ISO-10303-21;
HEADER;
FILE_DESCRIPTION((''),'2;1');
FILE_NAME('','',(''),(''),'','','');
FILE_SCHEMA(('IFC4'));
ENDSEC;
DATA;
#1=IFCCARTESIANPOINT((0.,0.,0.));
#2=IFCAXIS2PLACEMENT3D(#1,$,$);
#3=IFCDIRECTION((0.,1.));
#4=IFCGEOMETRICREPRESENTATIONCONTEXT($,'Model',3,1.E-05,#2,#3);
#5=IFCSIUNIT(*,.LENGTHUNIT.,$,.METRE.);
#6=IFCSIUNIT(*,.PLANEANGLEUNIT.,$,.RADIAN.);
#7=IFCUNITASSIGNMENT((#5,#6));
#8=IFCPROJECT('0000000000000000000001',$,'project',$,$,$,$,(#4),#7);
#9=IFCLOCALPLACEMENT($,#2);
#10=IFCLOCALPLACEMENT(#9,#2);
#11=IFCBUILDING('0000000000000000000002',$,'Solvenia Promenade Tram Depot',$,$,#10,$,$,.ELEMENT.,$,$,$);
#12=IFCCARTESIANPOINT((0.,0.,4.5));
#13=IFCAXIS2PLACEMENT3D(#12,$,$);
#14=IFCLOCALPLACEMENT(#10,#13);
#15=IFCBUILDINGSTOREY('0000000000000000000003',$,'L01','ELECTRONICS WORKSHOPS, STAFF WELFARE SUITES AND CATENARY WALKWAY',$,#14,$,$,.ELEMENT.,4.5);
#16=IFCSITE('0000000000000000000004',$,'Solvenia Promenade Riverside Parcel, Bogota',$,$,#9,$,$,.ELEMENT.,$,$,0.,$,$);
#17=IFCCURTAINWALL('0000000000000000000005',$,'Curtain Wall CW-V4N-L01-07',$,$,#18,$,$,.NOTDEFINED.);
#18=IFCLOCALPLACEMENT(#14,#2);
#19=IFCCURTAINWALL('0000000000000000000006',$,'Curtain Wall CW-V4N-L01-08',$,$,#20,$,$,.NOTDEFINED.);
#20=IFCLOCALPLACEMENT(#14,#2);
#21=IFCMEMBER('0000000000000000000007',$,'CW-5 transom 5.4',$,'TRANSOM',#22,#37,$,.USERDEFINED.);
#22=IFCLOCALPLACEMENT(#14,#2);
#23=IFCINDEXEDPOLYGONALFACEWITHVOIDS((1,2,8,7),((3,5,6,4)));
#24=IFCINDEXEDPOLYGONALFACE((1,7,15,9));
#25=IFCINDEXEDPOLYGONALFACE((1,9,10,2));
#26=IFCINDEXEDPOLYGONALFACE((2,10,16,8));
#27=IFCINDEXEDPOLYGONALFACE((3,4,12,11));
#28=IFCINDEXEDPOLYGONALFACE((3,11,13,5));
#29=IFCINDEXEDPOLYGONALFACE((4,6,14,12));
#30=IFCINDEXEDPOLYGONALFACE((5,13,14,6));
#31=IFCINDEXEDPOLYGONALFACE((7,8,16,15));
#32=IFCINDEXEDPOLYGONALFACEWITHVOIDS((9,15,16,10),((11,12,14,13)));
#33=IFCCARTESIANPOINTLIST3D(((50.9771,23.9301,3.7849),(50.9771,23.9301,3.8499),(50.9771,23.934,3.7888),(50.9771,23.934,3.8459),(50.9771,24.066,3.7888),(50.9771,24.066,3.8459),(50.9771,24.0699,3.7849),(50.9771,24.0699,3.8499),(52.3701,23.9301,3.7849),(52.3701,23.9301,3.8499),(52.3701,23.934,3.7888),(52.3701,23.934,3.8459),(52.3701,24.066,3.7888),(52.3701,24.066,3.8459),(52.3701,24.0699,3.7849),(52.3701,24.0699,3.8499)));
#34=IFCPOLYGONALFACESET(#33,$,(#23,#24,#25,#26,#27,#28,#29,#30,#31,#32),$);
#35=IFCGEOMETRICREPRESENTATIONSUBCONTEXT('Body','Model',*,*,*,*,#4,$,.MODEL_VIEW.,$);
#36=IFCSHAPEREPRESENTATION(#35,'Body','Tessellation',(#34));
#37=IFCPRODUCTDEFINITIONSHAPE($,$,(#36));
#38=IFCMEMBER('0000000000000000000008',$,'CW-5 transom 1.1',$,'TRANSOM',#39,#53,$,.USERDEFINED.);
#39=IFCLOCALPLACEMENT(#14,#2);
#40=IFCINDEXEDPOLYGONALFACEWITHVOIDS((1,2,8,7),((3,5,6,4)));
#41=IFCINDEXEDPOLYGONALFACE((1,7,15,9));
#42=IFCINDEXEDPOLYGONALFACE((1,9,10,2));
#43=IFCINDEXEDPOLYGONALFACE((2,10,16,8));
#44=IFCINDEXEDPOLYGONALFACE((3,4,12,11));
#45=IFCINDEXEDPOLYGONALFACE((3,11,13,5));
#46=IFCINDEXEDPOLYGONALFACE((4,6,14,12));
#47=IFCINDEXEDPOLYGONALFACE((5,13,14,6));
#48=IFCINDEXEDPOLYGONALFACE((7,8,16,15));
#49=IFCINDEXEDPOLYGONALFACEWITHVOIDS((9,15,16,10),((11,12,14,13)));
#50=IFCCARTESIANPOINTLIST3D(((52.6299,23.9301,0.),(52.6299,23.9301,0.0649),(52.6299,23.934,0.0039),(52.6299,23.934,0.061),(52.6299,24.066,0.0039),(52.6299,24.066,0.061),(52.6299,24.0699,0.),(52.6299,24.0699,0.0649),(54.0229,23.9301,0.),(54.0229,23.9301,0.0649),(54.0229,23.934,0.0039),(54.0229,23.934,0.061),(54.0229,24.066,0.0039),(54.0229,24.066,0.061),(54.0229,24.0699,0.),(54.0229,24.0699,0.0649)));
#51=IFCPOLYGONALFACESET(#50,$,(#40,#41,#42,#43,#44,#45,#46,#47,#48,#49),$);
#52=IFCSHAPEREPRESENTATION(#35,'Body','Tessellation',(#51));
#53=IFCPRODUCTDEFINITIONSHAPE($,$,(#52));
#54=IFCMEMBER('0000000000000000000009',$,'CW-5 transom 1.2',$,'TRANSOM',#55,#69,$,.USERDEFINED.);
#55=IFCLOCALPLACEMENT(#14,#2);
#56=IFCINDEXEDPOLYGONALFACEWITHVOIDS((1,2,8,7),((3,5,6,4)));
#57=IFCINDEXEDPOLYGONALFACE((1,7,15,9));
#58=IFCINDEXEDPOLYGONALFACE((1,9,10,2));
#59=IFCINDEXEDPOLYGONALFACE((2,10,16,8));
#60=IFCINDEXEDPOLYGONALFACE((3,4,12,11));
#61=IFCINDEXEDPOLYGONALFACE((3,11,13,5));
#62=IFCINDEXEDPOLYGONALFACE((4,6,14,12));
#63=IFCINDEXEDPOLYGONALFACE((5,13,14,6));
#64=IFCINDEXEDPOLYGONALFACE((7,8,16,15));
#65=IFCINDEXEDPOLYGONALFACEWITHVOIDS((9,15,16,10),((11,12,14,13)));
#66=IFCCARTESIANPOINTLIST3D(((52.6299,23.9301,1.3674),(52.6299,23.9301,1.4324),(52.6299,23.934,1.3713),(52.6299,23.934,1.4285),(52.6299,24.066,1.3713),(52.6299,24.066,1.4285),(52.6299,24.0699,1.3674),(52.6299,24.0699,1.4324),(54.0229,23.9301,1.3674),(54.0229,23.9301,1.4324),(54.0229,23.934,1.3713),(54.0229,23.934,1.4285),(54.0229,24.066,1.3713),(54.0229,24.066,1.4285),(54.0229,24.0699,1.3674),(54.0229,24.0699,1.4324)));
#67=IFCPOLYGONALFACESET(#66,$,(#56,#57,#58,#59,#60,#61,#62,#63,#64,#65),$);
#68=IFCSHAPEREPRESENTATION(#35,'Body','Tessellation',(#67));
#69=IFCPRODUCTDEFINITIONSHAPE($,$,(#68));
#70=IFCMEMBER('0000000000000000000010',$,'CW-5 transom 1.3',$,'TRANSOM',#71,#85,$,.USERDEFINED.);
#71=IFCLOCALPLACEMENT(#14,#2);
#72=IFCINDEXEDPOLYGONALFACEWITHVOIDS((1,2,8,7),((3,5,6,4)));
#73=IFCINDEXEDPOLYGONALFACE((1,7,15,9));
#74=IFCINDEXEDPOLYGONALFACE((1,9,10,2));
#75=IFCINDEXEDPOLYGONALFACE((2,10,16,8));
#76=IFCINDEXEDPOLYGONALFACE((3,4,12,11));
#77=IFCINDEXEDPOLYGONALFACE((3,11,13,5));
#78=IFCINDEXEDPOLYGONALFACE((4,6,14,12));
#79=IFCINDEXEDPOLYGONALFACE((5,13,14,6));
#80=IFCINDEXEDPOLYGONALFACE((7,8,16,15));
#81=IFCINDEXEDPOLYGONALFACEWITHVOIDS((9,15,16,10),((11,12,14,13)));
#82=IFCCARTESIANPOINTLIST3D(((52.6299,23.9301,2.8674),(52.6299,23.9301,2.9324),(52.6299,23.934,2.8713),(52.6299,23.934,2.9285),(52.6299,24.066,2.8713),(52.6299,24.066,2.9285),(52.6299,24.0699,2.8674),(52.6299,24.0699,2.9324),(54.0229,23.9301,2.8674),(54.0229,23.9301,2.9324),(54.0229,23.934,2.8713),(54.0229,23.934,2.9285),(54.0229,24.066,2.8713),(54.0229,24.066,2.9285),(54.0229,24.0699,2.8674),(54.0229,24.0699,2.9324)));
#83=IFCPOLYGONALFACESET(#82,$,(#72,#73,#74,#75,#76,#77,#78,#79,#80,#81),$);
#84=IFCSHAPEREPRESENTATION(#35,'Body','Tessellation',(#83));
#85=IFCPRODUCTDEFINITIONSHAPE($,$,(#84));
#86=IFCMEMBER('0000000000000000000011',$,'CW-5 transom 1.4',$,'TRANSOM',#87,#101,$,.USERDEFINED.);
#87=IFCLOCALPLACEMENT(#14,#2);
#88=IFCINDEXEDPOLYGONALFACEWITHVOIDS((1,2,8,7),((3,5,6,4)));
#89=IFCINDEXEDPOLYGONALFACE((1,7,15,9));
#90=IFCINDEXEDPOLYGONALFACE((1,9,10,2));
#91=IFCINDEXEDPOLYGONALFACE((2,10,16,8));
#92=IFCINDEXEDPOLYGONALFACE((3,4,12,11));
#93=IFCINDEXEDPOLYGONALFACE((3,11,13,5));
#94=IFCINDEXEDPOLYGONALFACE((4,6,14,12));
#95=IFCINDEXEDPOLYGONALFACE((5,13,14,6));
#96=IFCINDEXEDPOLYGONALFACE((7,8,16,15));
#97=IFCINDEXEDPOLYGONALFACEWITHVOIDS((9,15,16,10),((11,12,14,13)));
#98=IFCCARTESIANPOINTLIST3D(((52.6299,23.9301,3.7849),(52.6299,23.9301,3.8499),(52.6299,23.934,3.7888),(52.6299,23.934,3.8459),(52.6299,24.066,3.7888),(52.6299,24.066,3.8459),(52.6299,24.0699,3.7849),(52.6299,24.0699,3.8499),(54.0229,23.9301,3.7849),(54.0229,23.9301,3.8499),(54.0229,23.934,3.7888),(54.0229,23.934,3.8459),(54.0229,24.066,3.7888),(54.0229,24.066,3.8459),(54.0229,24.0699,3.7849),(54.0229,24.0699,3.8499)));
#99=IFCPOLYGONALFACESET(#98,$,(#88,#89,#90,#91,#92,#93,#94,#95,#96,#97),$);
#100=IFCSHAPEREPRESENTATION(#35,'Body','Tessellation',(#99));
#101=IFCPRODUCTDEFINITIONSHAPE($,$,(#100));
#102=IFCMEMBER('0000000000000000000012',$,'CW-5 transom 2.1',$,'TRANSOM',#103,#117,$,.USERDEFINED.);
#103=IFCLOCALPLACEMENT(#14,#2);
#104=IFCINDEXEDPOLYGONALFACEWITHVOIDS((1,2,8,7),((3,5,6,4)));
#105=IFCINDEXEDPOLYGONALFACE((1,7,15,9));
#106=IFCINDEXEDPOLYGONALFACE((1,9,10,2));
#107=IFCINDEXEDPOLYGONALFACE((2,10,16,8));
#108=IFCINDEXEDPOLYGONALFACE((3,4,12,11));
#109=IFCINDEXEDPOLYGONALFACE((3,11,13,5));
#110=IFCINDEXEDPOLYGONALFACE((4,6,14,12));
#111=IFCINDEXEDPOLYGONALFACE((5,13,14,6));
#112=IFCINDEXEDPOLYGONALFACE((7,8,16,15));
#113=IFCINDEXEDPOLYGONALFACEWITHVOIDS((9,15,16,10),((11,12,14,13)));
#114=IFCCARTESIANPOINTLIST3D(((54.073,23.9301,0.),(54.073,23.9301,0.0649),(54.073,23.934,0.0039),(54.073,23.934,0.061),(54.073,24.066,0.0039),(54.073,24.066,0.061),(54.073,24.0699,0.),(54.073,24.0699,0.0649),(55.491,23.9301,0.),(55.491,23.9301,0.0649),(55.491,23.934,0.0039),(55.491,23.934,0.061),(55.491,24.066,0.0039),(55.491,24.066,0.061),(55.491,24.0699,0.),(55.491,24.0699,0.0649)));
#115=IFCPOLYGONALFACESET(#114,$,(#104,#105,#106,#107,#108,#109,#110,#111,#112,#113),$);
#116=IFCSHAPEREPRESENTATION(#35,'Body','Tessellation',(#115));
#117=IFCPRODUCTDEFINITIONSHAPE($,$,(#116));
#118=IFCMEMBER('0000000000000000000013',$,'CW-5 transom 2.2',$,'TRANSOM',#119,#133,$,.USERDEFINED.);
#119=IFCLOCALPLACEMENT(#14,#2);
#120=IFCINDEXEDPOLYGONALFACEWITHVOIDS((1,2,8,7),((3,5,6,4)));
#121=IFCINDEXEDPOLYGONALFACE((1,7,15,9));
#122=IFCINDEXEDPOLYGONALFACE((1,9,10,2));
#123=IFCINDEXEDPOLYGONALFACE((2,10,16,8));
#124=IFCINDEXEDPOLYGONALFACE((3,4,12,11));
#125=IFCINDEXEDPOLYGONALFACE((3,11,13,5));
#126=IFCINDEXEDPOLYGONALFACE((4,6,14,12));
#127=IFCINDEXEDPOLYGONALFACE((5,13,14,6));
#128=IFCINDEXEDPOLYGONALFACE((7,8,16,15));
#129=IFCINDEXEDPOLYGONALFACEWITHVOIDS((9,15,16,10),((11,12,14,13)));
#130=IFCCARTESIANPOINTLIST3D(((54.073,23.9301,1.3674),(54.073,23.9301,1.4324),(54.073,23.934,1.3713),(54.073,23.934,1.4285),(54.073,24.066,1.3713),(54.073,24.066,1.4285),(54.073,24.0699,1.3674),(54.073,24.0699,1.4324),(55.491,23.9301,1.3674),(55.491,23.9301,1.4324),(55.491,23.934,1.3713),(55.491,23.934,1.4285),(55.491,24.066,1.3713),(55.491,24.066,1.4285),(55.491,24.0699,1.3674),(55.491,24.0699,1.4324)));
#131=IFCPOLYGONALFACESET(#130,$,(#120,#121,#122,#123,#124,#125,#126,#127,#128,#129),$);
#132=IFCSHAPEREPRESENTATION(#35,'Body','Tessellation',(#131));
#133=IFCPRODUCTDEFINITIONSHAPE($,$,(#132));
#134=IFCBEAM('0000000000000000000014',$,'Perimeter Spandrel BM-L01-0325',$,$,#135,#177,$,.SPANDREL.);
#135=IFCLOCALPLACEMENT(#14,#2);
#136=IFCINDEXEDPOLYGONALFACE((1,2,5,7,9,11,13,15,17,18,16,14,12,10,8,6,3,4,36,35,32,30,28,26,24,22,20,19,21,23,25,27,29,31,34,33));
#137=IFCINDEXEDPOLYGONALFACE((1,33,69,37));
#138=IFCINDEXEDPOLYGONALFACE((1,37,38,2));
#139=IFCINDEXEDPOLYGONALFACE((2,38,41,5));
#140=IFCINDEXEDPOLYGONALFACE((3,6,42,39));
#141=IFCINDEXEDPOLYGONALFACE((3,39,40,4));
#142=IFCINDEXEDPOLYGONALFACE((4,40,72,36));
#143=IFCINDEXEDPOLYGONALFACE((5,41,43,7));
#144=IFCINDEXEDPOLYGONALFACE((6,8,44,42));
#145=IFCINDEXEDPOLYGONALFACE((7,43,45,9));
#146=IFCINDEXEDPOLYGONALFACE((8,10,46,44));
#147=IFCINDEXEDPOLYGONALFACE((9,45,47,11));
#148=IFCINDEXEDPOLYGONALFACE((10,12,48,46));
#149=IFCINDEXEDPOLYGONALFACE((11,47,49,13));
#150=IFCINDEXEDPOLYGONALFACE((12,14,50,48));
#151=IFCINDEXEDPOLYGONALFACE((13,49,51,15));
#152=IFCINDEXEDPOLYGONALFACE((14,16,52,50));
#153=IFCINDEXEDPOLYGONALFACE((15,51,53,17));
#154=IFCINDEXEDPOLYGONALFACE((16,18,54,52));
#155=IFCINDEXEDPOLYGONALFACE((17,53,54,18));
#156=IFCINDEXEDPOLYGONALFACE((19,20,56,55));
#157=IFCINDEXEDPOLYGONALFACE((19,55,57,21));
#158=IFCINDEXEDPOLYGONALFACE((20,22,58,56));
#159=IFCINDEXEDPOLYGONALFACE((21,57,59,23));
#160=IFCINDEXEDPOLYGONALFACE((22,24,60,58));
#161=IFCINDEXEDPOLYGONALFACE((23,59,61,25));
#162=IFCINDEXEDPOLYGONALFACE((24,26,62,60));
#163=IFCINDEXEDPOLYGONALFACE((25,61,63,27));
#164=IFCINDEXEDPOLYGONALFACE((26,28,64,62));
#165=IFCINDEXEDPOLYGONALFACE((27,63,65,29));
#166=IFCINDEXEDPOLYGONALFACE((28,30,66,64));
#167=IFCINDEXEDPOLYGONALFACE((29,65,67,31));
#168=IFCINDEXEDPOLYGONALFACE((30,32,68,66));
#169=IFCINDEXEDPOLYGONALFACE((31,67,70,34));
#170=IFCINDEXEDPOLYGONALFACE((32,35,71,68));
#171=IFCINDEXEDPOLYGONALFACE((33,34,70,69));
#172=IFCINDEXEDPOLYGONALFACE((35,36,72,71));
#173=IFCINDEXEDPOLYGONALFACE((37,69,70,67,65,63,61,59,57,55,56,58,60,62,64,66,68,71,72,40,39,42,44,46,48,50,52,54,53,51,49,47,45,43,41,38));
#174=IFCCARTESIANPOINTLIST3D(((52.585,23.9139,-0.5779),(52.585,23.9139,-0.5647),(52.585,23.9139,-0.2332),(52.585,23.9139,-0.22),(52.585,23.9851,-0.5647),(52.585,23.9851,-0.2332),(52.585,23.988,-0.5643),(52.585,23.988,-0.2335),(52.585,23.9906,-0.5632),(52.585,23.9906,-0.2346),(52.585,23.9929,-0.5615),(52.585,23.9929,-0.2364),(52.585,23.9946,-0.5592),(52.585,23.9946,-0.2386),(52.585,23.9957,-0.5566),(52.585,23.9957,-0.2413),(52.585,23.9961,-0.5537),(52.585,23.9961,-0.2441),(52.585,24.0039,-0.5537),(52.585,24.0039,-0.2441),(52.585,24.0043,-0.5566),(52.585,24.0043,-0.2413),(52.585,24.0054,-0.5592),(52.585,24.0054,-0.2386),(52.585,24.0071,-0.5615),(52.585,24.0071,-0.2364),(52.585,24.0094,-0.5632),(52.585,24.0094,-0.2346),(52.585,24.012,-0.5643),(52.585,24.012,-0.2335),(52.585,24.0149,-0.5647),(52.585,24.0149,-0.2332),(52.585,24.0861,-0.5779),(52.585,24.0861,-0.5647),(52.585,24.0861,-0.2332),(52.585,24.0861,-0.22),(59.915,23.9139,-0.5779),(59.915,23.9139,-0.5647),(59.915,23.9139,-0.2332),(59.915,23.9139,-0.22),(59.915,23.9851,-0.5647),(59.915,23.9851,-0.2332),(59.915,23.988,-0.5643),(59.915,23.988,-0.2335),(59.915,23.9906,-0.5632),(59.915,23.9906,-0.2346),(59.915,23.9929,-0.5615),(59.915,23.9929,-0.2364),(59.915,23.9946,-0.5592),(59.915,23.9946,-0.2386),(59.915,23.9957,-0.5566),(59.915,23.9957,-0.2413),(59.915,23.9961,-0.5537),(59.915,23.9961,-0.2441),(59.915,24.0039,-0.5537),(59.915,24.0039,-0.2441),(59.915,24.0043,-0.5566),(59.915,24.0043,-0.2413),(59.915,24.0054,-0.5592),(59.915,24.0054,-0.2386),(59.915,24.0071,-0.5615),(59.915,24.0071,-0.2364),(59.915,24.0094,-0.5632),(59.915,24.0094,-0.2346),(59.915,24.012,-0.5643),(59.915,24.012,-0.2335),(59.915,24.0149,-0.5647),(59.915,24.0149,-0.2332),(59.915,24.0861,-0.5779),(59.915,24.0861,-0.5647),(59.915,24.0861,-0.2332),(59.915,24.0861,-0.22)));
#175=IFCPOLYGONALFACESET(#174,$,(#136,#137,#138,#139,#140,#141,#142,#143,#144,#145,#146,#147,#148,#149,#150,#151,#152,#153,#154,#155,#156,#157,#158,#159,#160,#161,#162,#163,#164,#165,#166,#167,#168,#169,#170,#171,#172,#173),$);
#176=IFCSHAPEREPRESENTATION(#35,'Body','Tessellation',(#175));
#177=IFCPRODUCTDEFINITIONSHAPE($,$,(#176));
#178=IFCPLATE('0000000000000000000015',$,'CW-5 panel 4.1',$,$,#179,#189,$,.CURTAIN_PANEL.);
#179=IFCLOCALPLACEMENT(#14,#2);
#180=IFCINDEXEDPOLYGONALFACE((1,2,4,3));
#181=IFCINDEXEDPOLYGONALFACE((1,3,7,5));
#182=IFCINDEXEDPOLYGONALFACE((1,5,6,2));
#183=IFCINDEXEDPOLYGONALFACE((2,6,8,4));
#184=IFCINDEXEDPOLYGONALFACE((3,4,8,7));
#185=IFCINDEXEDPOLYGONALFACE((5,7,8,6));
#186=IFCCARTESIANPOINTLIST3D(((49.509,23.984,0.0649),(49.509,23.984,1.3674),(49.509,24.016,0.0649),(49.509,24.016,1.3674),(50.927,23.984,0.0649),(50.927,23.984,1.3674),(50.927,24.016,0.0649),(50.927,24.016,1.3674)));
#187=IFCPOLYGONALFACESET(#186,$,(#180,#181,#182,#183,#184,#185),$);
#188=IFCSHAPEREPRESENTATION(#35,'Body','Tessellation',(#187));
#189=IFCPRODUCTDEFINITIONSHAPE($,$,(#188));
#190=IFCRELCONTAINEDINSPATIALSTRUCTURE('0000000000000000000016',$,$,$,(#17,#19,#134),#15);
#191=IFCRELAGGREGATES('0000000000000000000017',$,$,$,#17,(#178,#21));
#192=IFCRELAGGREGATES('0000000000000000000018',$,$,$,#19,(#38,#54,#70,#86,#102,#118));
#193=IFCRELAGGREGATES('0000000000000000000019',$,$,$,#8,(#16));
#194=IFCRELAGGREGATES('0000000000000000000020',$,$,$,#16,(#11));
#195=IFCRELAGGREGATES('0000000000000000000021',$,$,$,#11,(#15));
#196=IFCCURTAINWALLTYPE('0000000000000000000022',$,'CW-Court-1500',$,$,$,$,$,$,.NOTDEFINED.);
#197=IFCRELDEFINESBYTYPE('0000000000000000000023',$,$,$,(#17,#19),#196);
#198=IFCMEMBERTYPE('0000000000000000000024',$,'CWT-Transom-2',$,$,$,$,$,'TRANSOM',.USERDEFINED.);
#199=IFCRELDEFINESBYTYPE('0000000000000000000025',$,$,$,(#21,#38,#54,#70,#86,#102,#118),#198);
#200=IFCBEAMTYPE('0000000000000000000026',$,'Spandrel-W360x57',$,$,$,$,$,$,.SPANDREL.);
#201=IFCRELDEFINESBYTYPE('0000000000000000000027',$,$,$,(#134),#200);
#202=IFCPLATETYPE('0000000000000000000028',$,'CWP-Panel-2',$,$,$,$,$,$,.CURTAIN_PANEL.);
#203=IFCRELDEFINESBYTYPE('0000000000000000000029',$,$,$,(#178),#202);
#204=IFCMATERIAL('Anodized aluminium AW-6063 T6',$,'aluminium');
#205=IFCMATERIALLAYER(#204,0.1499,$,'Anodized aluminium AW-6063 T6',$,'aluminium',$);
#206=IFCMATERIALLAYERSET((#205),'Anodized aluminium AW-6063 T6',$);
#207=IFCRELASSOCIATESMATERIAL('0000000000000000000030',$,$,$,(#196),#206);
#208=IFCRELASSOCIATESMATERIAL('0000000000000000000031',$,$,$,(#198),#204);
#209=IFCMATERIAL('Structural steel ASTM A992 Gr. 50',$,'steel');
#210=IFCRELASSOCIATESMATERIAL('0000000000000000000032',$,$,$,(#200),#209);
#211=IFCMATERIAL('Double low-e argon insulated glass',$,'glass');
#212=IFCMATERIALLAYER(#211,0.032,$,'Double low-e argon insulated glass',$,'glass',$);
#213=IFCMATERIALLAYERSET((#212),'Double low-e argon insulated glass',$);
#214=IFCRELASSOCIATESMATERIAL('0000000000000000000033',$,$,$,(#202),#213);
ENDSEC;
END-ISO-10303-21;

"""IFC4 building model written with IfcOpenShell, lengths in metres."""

from ifc_helpers import new_model, si_unit, direction, frame, origin, origin_2d, place, context, subcontext, project, spatial, rectangle, hollow_rectangle, i_section, extrude, material, layer, layer_set, material_profile, profile_set, type_object, element, aggregate, save


model = new_model("IFC4")

# Units and contexts
model_context = context("Model", 3, precision=1e-05, world=origin(), true_north=direction((0.0, 1.0)))
body_context = subcontext(model_context, "Body", "Model", "MODEL_VIEW")
ifc_project = project(units=[si_unit("LENGTHUNIT", "METRE"), si_unit("PLANEANGLEUNIT", "RADIAN")], contexts=[model_context])

# Site, building, storey
site_placement = place(None, origin())
site = spatial("IfcSite", under=ifc_project, at=site_placement, Name="Solvenia Promenade Riverside Parcel, Bogota", CompositionType="ELEMENT", RefElevation=0.0)
building_placement = place(site_placement, origin())
building = spatial("IfcBuilding", under=site, at=building_placement, Name="Solvenia Promenade Tram Depot", CompositionType="ELEMENT")
storey_placement = place(building_placement, frame((0.0, 0.0, 4.5)))
storey = spatial("IfcBuildingStorey", under=building, at=storey_placement, Name="L01", Description="ELECTRONICS WORKSHOPS, STAFF WELFARE SUITES AND CATENARY WALKWAY", CompositionType="ELEMENT", Elevation=4.5)

# Shared definitions
ifc_material_1 = material(Name="Structural steel ASTM A992 Gr. 50", Category="steel")

# Curtain walls
ifc_material_2 = material(Name="Anodized aluminium AW-6063 T6", Category="aluminium")
ifc_layer_1 = layer(ifc_material_2, 0.1499, Name="Anodized aluminium AW-6063 T6", Category="aluminium")
ifc_layer_set_1 = layer_set([ifc_layer_1], Name="Anodized aluminium AW-6063 T6")
curtain_wall_type = type_object("IfcCurtainWallType", Name="CW-Court-1500", PredefinedType="NOTDEFINED", material=ifc_layer_set_1)
curtain_wall_1_placement = place(storey_placement, origin())
curtain_wall_1 = element("IfcCurtainWall", 1, at=curtain_wall_1_placement, inside=storey, type_object=curtain_wall_type, Name="Curtain Wall CW-V4N-L01-07", PredefinedType="NOTDEFINED")
curtain_wall_2_placement = place(storey_placement, origin())
curtain_wall_2 = element("IfcCurtainWall", 2, at=curtain_wall_2_placement, inside=storey, type_object=curtain_wall_type, Name="Curtain Wall CW-V4N-L01-08", PredefinedType="NOTDEFINED")

# Members
ifc_material_profile_1 = material_profile(ifc_material_2, hollow_rectangle(XDim=0.1399, YDim=0.0649, WallThickness=0.0039, at=origin_2d()), Name="ALU-T2", Category="aluminium")
ifc_profile_set_1 = profile_set([ifc_material_profile_1], Name="Anodized aluminium AW-6063 T6")
member_type_1 = type_object("IfcMemberType", Name="CWT-Transom-2", ElementType="TRANSOM", PredefinedType="USERDEFINED", material=ifc_profile_set_1)
member_1_placement = place(storey_placement, frame((50.9771, 24.0, 3.8174), z_axis=(1.0, 0.0, 0.0), x_axis=(0.0, 1.0, 0.0)))
member_1 = element("IfcMember", 3, at=member_1_placement, type_object=member_type_1, Name="CW-5 transom 5.4", ObjectType="TRANSOM", PredefinedType="USERDEFINED", context=body_context, shape_type="SweptSolid", body=[
    extrude(hollow_rectangle(XDim=0.1399, YDim=0.0649, WallThickness=0.0039, at=origin_2d()), origin(), (0.0, 0.0, 1.0), 1.3931),
])
member_2_placement = place(storey_placement, frame((52.6299, 24.0, 0.0325), z_axis=(1.0, 0.0, 0.0), x_axis=(0.0, 1.0, 0.0)))
member_2 = element("IfcMember", 4, at=member_2_placement, type_object=member_type_1, Name="CW-5 transom 1.1", ObjectType="TRANSOM", PredefinedType="USERDEFINED", context=body_context, shape_type="SweptSolid", body=[
    extrude(hollow_rectangle(XDim=0.1399, YDim=0.0649, WallThickness=0.0039, at=origin_2d()), origin(), (0.0, 0.0, 1.0), 1.3931),
])
member_3_placement = place(storey_placement, frame((52.6299, 24.0, 1.3999), z_axis=(1.0, 0.0, 0.0), x_axis=(0.0, 1.0, 0.0)))
member_3 = element("IfcMember", 5, at=member_3_placement, type_object=member_type_1, Name="CW-5 transom 1.2", ObjectType="TRANSOM", PredefinedType="USERDEFINED", context=body_context, shape_type="SweptSolid", body=[
    extrude(hollow_rectangle(XDim=0.1399, YDim=0.0649, WallThickness=0.0039, at=origin_2d()), origin(), (0.0, 0.0, 1.0), 1.3931),
])
member_4_placement = place(storey_placement, frame((52.6299, 24.0, 2.8999), z_axis=(1.0, 0.0, 0.0), x_axis=(0.0, 1.0, 0.0)))
member_4 = element("IfcMember", 6, at=member_4_placement, type_object=member_type_1, Name="CW-5 transom 1.3", ObjectType="TRANSOM", PredefinedType="USERDEFINED", context=body_context, shape_type="SweptSolid", body=[
    extrude(hollow_rectangle(XDim=0.1399, YDim=0.0649, WallThickness=0.0039, at=origin_2d()), origin(), (0.0, 0.0, 1.0), 1.3931),
])
member_5_placement = place(storey_placement, frame((52.6299, 24.0, 3.8174), z_axis=(1.0, 0.0, 0.0), x_axis=(0.0, 1.0, 0.0)))
member_5 = element("IfcMember", 7, at=member_5_placement, type_object=member_type_1, Name="CW-5 transom 1.4", ObjectType="TRANSOM", PredefinedType="USERDEFINED", context=body_context, shape_type="SweptSolid", body=[
    extrude(hollow_rectangle(XDim=0.1399, YDim=0.0649, WallThickness=0.0039, at=origin_2d()), origin(), (0.0, 0.0, 1.0), 1.3931),
])
member_6_placement = place(storey_placement, frame((54.073, 24.0, 0.0325), z_axis=(1.0, 0.0, 0.0), x_axis=(0.0, 1.0, 0.0)))
member_6 = element("IfcMember", 8, at=member_6_placement, type_object=member_type_1, Name="CW-5 transom 2.1", ObjectType="TRANSOM", PredefinedType="USERDEFINED", context=body_context, shape_type="SweptSolid", body=[
    extrude(hollow_rectangle(XDim=0.1399, YDim=0.0649, WallThickness=0.0039, at=origin_2d()), origin(), (0.0, 0.0, 1.0), 1.418),
])
member_7_placement = place(storey_placement, frame((54.073, 24.0, 1.3999), z_axis=(1.0, 0.0, 0.0), x_axis=(0.0, 1.0, 0.0)))
member_7 = element("IfcMember", 9, at=member_7_placement, type_object=member_type_1, Name="CW-5 transom 2.2", ObjectType="TRANSOM", PredefinedType="USERDEFINED", context=body_context, shape_type="SweptSolid", body=[
    extrude(hollow_rectangle(XDim=0.1399, YDim=0.0649, WallThickness=0.0039, at=origin_2d()), origin(), (0.0, 0.0, 1.0), 1.418),
])

# Beam
ifc_material_profile_2 = material_profile(ifc_material_1, i_section(OverallWidth=0.1721, OverallDepth=0.3579, WebThickness=0.0078, FlangeThickness=0.0132, FilletRadius=0.011, at=origin_2d()), Name="W360x57", Category="steel")
ifc_profile_set_2 = profile_set([ifc_material_profile_2], Name="Structural steel ASTM A992 Gr. 50")
beam_type = type_object("IfcBeamType", Name="Spandrel-W360x57", PredefinedType="SPANDREL", material=ifc_profile_set_2)
beam_placement = place(storey_placement, frame((52.585, 24.0, -0.3989), z_axis=(1.0, 0.0, 0.0), x_axis=(0.0, 1.0, 0.0)))
element("IfcBeam", 10, at=beam_placement, inside=storey, type_object=beam_type, Name="Perimeter Spandrel BM-L01-0325", PredefinedType="SPANDREL", context=body_context, shape_type="SweptSolid", body=[
    extrude(i_section(OverallWidth=0.1721, OverallDepth=0.3579, WebThickness=0.0078, FlangeThickness=0.0132, FilletRadius=0.011, at=origin_2d()), origin(), (0.0, 0.0, 1.0), 7.3301),
])

# Plate
ifc_material_3 = material(Name="Double low-e argon insulated glass", Category="glass")
ifc_layer_2 = layer(ifc_material_3, 0.032, Name="Double low-e argon insulated glass", Category="glass")
ifc_layer_set_2 = layer_set([ifc_layer_2], Name="Double low-e argon insulated glass")
plate_type = type_object("IfcPlateType", Name="CWP-Panel-2", PredefinedType="CURTAIN_PANEL", material=ifc_layer_set_2)
plate_1_placement = place(storey_placement, frame((50.218, 24.0, 0.0649), z_axis=(0.0, 0.0, 1.0), x_axis=(1.0, 0.0, 0.0)))
plate_1 = element("IfcPlate", 11, at=plate_1_placement, type_object=plate_type, Name="CW-5 panel 4.1", PredefinedType="CURTAIN_PANEL", context=body_context, shape_type="SweptSolid", body=[
    extrude(rectangle(XDim=1.418, YDim=0.032, at=origin_2d()), origin(), (0.0, 0.0, 1.0), 1.3025),
])
aggregate(curtain_wall_1, [plate_1, member_1])
aggregate(curtain_wall_2, [member_2, member_3, member_4, member_5, member_6, member_7])

save(model, "model.ifc")
